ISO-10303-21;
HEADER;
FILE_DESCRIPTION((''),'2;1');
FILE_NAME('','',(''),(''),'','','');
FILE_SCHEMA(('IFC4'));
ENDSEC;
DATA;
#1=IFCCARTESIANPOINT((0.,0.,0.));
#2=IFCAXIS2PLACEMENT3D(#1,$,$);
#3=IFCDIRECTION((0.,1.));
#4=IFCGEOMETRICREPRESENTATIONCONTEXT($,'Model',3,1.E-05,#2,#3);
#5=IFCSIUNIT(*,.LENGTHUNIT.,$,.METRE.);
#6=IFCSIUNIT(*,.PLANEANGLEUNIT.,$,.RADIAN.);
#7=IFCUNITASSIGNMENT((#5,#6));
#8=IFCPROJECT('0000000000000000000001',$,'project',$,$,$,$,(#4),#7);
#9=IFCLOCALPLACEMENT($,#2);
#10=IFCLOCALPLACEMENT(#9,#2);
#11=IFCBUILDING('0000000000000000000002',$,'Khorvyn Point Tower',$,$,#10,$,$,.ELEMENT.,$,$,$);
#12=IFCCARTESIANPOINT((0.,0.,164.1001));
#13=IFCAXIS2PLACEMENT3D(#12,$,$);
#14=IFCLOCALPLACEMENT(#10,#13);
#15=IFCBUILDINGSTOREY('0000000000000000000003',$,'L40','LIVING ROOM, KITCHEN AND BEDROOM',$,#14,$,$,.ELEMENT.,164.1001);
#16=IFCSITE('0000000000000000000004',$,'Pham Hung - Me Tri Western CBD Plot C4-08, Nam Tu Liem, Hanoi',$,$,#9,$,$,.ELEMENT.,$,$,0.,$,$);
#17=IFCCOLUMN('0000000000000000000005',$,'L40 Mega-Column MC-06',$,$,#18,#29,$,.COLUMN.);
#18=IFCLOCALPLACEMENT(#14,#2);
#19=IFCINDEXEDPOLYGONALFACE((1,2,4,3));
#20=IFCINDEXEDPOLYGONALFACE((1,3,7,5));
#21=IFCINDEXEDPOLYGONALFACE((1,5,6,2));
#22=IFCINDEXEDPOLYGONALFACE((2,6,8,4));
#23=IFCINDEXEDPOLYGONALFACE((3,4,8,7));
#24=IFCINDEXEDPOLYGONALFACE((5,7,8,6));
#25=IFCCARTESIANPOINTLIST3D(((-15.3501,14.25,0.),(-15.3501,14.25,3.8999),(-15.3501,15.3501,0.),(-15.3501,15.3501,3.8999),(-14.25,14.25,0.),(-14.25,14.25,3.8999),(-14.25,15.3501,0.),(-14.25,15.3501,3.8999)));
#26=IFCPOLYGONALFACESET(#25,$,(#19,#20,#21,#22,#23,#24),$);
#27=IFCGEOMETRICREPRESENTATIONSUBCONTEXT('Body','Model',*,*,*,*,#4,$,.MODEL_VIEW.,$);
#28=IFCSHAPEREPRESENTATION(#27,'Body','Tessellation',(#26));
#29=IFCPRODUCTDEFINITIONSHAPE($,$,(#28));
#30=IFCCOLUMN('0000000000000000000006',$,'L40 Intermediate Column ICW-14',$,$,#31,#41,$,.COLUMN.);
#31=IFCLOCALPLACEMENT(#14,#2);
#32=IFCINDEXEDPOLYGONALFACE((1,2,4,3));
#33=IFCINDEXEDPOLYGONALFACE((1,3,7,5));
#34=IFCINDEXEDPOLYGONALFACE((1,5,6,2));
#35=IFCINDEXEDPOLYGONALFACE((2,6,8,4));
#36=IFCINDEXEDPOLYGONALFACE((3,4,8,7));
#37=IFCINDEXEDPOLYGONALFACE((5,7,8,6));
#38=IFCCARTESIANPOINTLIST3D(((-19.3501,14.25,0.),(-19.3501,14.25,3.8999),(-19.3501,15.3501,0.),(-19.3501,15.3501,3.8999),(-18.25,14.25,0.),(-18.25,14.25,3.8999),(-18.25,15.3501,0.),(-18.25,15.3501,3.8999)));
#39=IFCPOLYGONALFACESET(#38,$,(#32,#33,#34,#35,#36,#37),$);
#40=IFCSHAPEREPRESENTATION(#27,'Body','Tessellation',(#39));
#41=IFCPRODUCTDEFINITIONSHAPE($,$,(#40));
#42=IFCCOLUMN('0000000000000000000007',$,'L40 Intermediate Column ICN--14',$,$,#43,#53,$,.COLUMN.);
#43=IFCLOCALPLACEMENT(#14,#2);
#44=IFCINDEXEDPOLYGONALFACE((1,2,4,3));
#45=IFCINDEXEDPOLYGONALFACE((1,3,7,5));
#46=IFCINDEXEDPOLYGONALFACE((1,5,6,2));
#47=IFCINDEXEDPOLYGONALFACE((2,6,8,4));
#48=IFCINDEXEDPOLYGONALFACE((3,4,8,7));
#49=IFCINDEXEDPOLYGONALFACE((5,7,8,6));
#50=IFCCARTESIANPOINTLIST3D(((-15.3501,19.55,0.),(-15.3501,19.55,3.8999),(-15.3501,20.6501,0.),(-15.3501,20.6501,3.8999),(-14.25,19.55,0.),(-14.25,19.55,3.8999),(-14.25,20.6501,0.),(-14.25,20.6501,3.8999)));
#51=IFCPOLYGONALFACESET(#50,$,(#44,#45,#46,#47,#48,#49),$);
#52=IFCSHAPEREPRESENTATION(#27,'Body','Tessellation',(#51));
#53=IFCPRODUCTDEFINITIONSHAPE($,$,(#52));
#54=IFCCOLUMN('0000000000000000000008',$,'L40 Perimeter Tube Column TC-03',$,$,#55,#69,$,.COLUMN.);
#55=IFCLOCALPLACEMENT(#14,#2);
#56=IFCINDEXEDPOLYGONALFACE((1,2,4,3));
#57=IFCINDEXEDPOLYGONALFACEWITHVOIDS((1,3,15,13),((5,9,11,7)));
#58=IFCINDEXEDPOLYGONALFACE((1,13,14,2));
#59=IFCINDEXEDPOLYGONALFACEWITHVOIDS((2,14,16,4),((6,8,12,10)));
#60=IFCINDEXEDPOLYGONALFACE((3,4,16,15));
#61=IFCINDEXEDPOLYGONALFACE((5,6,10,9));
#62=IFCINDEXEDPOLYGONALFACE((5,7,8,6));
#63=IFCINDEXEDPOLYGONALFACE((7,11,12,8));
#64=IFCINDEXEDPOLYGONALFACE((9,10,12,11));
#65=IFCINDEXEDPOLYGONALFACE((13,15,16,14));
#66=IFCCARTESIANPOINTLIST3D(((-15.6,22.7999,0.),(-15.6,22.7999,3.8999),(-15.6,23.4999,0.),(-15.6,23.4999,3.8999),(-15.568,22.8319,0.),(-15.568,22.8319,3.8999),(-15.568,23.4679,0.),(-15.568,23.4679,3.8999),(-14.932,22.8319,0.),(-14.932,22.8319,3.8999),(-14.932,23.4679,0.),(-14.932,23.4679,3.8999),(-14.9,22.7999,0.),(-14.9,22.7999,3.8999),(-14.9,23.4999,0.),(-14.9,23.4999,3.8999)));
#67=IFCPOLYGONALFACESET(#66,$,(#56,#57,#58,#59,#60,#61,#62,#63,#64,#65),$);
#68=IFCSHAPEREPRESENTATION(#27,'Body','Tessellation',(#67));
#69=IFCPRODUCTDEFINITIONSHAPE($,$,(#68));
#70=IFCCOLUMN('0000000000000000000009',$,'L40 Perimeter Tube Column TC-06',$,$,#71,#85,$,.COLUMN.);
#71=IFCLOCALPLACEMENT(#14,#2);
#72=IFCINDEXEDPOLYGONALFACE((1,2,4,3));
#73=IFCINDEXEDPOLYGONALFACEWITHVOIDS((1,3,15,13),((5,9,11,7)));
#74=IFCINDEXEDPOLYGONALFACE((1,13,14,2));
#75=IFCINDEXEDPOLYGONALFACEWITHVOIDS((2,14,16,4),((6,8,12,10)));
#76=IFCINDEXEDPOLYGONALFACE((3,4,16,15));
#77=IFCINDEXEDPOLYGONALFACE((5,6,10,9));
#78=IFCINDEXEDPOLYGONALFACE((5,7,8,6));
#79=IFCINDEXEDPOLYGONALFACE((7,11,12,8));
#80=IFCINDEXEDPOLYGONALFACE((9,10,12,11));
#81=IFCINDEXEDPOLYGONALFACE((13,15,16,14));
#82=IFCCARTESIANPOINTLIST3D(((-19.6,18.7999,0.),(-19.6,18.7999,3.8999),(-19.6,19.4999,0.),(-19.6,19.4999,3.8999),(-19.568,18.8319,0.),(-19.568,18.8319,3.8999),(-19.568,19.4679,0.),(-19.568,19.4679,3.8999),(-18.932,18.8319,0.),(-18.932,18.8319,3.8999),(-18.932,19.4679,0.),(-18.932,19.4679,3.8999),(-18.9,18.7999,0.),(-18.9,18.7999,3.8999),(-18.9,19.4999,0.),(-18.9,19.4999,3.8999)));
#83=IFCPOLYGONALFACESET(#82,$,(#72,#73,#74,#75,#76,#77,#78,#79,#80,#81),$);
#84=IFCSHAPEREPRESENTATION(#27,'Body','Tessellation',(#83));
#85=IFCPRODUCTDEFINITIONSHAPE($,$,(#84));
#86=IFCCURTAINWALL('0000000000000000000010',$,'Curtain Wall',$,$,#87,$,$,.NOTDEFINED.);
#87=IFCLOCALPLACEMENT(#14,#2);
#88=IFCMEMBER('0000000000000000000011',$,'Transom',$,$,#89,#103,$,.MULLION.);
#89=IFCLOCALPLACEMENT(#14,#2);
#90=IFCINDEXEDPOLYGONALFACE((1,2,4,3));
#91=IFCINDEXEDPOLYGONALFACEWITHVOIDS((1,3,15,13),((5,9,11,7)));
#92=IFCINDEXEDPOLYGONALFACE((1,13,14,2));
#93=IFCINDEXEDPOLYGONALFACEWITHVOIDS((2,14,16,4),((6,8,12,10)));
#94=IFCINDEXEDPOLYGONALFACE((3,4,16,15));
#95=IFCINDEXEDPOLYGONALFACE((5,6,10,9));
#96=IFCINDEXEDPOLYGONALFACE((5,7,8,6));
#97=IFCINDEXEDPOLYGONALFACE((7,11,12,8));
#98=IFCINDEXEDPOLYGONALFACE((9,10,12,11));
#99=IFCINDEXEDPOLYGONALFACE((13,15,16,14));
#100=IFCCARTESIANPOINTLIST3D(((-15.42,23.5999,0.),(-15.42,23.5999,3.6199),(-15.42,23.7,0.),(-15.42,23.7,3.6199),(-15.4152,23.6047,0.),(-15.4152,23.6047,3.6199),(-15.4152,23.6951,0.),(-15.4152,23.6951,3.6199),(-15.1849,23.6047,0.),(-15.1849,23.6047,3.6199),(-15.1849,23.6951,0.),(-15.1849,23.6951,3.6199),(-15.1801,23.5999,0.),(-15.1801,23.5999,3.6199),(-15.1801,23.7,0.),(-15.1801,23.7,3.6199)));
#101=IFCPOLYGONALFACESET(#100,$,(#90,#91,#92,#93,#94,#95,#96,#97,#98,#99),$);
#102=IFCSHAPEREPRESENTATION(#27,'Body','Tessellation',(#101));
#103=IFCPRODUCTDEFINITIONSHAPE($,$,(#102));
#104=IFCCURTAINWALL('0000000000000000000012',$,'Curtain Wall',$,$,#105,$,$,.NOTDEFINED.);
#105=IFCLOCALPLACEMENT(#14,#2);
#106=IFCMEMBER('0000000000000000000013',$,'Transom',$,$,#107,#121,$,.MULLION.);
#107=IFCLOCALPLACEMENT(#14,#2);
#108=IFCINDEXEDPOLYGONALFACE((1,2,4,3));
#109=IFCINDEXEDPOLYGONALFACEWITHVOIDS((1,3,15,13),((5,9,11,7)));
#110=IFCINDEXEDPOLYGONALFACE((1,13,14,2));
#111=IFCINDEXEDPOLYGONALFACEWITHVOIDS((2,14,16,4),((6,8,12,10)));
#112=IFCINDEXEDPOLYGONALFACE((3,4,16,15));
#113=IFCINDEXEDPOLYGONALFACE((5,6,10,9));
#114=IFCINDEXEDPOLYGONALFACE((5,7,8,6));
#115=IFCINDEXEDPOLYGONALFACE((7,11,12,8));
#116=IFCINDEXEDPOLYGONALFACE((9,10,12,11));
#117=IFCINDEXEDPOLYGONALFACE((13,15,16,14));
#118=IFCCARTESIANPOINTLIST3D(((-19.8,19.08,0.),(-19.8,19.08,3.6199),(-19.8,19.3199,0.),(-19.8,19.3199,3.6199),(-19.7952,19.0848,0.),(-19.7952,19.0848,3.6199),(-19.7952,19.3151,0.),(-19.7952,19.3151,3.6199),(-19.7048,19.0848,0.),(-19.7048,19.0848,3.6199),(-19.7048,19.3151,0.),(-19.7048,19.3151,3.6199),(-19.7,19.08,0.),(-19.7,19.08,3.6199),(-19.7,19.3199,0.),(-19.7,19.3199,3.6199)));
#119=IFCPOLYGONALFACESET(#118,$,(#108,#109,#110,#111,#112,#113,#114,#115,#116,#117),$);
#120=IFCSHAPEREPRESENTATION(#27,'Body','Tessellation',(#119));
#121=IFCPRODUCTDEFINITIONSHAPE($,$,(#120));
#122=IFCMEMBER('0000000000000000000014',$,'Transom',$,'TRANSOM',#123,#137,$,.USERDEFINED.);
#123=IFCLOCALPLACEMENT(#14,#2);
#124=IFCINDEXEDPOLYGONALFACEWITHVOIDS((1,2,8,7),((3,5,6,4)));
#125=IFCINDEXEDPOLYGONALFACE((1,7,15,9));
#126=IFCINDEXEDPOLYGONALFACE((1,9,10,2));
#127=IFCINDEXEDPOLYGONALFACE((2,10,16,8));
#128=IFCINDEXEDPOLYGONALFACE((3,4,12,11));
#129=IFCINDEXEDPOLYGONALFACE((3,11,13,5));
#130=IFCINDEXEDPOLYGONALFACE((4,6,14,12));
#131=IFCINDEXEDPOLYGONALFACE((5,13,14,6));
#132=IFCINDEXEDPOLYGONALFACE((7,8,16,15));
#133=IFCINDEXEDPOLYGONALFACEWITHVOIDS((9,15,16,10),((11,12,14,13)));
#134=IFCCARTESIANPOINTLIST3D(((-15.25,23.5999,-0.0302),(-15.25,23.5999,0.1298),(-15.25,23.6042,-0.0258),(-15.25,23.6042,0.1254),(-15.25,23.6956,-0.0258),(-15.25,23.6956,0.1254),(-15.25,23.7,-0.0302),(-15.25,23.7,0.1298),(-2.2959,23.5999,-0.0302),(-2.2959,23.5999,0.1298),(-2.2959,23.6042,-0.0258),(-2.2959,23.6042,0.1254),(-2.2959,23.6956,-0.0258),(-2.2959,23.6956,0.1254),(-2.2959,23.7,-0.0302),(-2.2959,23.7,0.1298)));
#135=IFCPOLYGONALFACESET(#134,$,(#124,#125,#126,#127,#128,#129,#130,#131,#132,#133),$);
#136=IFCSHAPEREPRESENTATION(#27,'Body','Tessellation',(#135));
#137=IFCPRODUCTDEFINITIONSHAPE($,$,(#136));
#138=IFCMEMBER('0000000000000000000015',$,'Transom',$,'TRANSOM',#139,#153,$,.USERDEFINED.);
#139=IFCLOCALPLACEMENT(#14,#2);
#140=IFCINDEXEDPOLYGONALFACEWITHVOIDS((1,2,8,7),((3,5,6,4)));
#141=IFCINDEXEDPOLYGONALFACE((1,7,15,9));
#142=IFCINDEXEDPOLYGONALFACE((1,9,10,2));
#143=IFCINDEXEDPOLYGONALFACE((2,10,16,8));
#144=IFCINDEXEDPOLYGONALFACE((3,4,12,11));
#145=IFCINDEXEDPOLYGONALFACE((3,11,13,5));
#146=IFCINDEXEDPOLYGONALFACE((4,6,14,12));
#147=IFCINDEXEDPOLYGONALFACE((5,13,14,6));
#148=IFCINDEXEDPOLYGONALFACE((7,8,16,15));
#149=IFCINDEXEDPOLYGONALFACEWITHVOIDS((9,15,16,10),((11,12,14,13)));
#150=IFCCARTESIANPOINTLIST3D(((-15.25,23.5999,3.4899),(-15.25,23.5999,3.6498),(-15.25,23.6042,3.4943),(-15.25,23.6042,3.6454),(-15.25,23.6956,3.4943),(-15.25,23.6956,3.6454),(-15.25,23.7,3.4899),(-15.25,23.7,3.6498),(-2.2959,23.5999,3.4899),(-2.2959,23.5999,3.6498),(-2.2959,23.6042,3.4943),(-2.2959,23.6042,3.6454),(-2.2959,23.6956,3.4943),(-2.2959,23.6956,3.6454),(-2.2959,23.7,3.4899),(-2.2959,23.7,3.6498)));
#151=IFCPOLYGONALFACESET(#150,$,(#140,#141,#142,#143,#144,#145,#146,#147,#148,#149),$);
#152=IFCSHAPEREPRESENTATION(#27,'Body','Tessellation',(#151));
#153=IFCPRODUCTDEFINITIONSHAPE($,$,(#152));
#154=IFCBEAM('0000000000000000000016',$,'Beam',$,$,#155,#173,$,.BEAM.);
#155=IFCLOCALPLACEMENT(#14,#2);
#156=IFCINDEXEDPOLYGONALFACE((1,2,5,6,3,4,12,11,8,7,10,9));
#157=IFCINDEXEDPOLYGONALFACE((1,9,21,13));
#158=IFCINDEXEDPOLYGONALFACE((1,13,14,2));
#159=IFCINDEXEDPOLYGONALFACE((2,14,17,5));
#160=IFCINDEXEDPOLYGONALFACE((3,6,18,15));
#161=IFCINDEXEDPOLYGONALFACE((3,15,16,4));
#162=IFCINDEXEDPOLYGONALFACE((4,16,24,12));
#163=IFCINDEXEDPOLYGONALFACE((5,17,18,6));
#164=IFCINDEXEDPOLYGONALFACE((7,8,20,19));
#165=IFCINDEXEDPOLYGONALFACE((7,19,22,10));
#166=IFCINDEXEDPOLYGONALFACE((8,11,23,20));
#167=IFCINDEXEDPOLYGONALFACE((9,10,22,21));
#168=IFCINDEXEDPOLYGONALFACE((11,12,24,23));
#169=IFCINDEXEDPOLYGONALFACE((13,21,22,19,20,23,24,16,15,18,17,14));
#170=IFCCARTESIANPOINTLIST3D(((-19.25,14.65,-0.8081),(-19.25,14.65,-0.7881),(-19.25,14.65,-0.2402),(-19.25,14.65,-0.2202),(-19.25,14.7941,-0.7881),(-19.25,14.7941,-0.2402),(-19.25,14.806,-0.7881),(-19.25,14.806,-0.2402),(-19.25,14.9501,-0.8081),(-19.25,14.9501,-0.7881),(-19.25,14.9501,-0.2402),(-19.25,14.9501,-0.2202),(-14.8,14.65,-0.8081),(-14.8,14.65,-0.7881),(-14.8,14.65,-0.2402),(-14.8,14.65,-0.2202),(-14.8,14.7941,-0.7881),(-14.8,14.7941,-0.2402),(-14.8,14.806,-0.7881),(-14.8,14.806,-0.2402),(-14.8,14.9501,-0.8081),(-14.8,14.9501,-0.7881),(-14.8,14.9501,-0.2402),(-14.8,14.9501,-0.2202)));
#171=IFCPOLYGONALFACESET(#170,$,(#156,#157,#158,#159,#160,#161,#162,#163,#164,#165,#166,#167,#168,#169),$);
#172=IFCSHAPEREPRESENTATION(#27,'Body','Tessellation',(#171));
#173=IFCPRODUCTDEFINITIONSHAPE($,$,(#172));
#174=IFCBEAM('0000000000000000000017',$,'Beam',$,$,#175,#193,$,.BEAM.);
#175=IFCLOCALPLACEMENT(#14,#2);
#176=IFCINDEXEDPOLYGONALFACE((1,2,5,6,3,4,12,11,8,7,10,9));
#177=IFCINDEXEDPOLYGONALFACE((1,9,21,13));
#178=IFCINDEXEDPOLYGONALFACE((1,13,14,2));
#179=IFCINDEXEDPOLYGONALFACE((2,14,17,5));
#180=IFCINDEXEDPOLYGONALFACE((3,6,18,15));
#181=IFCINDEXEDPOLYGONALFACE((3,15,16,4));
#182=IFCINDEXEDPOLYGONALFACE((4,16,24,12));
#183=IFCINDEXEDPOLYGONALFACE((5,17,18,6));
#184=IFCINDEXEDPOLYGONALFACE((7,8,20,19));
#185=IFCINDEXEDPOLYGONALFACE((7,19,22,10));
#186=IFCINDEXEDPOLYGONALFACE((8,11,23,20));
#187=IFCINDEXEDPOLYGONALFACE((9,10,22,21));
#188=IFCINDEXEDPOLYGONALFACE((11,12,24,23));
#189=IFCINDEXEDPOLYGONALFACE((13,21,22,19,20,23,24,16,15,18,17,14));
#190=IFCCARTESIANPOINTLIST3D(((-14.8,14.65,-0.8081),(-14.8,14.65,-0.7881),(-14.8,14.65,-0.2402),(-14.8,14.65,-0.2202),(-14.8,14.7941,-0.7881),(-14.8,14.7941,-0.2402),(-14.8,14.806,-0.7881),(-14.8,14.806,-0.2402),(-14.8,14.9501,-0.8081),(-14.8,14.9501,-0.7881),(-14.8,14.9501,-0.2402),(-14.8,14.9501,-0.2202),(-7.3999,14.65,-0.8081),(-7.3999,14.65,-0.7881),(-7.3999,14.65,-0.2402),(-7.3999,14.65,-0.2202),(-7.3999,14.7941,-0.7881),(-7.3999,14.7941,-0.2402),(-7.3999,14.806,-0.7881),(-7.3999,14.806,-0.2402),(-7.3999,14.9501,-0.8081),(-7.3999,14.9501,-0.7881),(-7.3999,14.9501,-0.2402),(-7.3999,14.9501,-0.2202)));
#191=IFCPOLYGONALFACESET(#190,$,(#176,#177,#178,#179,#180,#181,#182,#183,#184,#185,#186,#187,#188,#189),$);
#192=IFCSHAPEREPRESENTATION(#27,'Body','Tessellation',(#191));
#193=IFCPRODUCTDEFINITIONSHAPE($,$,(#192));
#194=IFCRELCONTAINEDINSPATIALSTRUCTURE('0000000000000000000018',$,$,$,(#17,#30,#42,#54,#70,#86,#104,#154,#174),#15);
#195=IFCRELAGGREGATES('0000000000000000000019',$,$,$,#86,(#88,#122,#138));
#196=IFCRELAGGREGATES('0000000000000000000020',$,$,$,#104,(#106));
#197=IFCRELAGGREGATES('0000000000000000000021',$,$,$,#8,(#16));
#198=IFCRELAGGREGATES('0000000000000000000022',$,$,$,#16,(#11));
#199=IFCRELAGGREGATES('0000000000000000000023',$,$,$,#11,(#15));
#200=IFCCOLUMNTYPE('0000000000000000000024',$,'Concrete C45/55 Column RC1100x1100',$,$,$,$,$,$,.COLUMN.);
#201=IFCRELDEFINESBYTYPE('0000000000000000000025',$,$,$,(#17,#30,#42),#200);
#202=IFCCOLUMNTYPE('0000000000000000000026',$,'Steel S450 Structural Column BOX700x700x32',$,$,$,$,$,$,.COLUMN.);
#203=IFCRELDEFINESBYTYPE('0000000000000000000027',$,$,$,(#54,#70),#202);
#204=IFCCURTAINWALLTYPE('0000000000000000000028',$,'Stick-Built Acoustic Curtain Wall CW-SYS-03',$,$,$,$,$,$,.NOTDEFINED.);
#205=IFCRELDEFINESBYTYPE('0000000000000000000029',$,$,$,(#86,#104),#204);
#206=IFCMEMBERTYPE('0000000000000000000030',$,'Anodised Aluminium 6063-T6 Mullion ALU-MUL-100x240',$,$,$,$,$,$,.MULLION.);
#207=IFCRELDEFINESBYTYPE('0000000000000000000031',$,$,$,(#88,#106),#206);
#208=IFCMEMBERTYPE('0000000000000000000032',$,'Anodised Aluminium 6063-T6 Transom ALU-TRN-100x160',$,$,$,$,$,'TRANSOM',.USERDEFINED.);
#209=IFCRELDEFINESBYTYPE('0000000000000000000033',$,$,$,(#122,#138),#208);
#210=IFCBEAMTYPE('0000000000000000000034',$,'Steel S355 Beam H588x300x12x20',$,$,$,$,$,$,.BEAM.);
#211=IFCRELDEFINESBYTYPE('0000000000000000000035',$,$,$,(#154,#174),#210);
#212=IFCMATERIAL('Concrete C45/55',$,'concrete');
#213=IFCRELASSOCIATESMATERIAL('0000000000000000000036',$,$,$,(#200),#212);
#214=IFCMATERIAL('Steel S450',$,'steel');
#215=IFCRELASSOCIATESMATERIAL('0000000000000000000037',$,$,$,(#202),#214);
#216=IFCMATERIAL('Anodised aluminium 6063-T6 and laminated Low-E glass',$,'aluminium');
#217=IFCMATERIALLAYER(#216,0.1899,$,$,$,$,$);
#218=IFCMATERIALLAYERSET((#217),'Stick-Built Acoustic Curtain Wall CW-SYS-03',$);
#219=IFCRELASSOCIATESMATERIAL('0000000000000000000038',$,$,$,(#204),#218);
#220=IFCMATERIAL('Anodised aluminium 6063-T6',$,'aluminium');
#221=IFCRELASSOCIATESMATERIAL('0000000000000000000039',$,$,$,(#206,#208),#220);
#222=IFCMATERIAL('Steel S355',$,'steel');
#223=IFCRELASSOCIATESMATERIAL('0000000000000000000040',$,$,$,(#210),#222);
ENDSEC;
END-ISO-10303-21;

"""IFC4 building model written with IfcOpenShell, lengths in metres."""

from ifc_helpers import new_model, si_unit, direction, frame, origin, origin_2d, place, context, subcontext, project, spatial, rectangle, hollow_rectangle, i_section, extrude, material, layer, layer_set, material_profile, profile_set, type_object, element, aggregate, save


model = new_model("IFC4")

# Units and contexts
model_context = context("Model", 3, precision=1e-05, world=origin(), true_north=direction((0.0, 1.0)))
body_context = subcontext(model_context, "Body", "Model", "MODEL_VIEW")
ifc_project = project(units=[si_unit("LENGTHUNIT", "METRE"), si_unit("PLANEANGLEUNIT", "RADIAN")], contexts=[model_context])

# Site, building, storey
site_placement = place(None, origin())
site = spatial("IfcSite", under=ifc_project, at=site_placement, Name="Pham Hung - Me Tri Western CBD Plot C4-08, Nam Tu Liem, Hanoi", CompositionType="ELEMENT", RefElevation=0.0)
building_placement = place(site_placement, origin())
building = spatial("IfcBuilding", under=site, at=building_placement, Name="Khorvyn Point Tower", CompositionType="ELEMENT")
storey_placement = place(building_placement, frame((0.0, 0.0, 164.1001)))
storey = spatial("IfcBuildingStorey", under=building, at=storey_placement, Name="L40", Description="LIVING ROOM, KITCHEN AND BEDROOM", CompositionType="ELEMENT", Elevation=164.1001)

# Columns
ifc_material_1 = material(Name="Concrete C45/55", Category="concrete")
ifc_material_profile_1 = material_profile(ifc_material_1, rectangle(XDim=1.1001, YDim=1.1001, at=origin_2d()))
ifc_profile_set_1 = profile_set([ifc_material_profile_1], Name="Concrete C45/55 RC1100x1100")
column_type_1 = type_object("IfcColumnType", Name="Concrete C45/55 Column RC1100x1100", PredefinedType="COLUMN", material=ifc_profile_set_1)
for number, where, z_axis, x_axis, name in (
    (1, (-14.8, 14.8, 0.0), (0.0, 0.0, 1.0), (1.0, 0.0, 0.0), "L40 Mega-Column MC-06"),
    (2, (-18.8, 14.8, 0.0), (0.0, 0.0, 1.0), (1.0, 0.0, 0.0), "L40 Intermediate Column ICW-14"),
    (3, (-14.8, 20.1001, 0.0), (0.0, 0.0, 1.0), (1.0, 0.0, 0.0), "L40 Intermediate Column ICN--14"),
):
    element("IfcColumn", number, at=place(storey_placement, frame(where, z_axis=z_axis, x_axis=x_axis)), inside=storey, type_object=column_type_1, Name=name, PredefinedType="COLUMN", context=body_context, shape_type="SweptSolid", body=[
        extrude(rectangle(XDim=1.1001, YDim=1.1001, at=origin_2d()), origin(), (0.0, 0.0, 1.0), 3.8999),
    ])
ifc_material_2 = material(Name="Steel S450", Category="steel")
ifc_material_profile_2 = material_profile(ifc_material_2, hollow_rectangle(XDim=0.7, YDim=0.7, WallThickness=0.032, at=origin_2d()))
ifc_profile_set_2 = profile_set([ifc_material_profile_2], Name="Steel S450 BOX700x700x32")
column_type_2 = type_object("IfcColumnType", Name="Steel S450 Structural Column BOX700x700x32", PredefinedType="COLUMN", material=ifc_profile_set_2)
for number, where, z_axis, x_axis, name in (
    (4, (-15.25, 23.1499, 0.0), (0.0, 0.0, 1.0), (1.0, 0.0, 0.0), "L40 Perimeter Tube Column TC-03"),
    (5, (-19.25, 19.1499, 0.0), (0.0, 0.0, 1.0), (1.0, 0.0, 0.0), "L40 Perimeter Tube Column TC-06"),
):
    element("IfcColumn", number, at=place(storey_placement, frame(where, z_axis=z_axis, x_axis=x_axis)), inside=storey, type_object=column_type_2, Name=name, PredefinedType="COLUMN", context=body_context, shape_type="SweptSolid", body=[
        extrude(hollow_rectangle(XDim=0.7, YDim=0.7, WallThickness=0.032, at=origin_2d()), origin(), (0.0, 0.0, 1.0), 3.8999),
    ])

# Curtain walls, members
ifc_material_3 = material(Name="Anodised aluminium 6063-T6 and laminated Low-E glass", Category="aluminium")
ifc_layer_1 = layer(ifc_material_3, 0.1899)
ifc_layer_set_1 = layer_set([ifc_layer_1], Name="Stick-Built Acoustic Curtain Wall CW-SYS-03")
curtain_wall_type = type_object("IfcCurtainWallType", Name="Stick-Built Acoustic Curtain Wall CW-SYS-03", PredefinedType="NOTDEFINED", material=ifc_layer_set_1)
curtain_wall_1_placement = place(storey_placement, origin())
curtain_wall_1 = element("IfcCurtainWall", 6, at=curtain_wall_1_placement, inside=storey, type_object=curtain_wall_type, Name="Curtain Wall", PredefinedType="NOTDEFINED")
ifc_material_4 = material(Name="Anodised aluminium 6063-T6", Category="aluminium")
ifc_material_profile_3 = material_profile(ifc_material_4, hollow_rectangle(XDim=0.1001, YDim=0.24, WallThickness=0.0049, at=origin_2d()))
ifc_profile_set_3 = profile_set([ifc_material_profile_3], Name="Anodised aluminium 6063-T6 ALU-MUL-100x240")
member_type_1 = type_object("IfcMemberType", Name="Anodised Aluminium 6063-T6 Mullion ALU-MUL-100x240", PredefinedType="MULLION", material=ifc_profile_set_3)
member_1_placement = place(storey_placement, frame((-15.3, 23.6499, 0.0), z_axis=(0.0, 0.0, 1.0), x_axis=(0.0, 1.0, 0.0)))
member_1 = element("IfcMember", 7, at=member_1_placement, type_object=member_type_1, Name="Transom", PredefinedType="MULLION", context=body_context, shape_type="SweptSolid", body=[
    extrude(hollow_rectangle(XDim=0.1001, YDim=0.24, WallThickness=0.0049, at=origin_2d()), origin(), (0.0, 0.0, 1.0), 3.6199),
])
curtain_wall_2_placement = place(storey_placement, origin())
curtain_wall_2 = element("IfcCurtainWall", 8, at=curtain_wall_2_placement, inside=storey, type_object=curtain_wall_type, Name="Curtain Wall", PredefinedType="NOTDEFINED")
member_2_placement = place(storey_placement, frame((-19.75, 19.2, 0.0), z_axis=(0.0, 0.0, 1.0), x_axis=(-1.0, 0.0, 0.0)))
member_2 = element("IfcMember", 9, at=member_2_placement, type_object=member_type_1, Name="Transom", PredefinedType="MULLION", context=body_context, shape_type="SweptSolid", body=[
    extrude(hollow_rectangle(XDim=0.1001, YDim=0.24, WallThickness=0.0049, at=origin_2d()), origin(), (0.0, 0.0, 1.0), 3.6199),
])

# Members
ifc_material_profile_4 = material_profile(ifc_material_4, hollow_rectangle(XDim=0.1001, YDim=0.1599, WallThickness=0.0044, at=origin_2d()))
ifc_profile_set_4 = profile_set([ifc_material_profile_4], Name="Anodised aluminium 6063-T6 ALU-TRN-100x160")
member_type_2 = type_object("IfcMemberType", Name="Anodised Aluminium 6063-T6 Transom ALU-TRN-100x160", ElementType="TRANSOM", PredefinedType="USERDEFINED", material=ifc_profile_set_4)
member_3_placement = place(storey_placement, frame((-15.25, 23.6499, 0.0498), z_axis=(1.0, 0.0, 0.0), x_axis=(0.0, 1.0, 0.0)))
member_3 = element("IfcMember", 10, at=member_3_placement, type_object=member_type_2, Name="Transom", ObjectType="TRANSOM", PredefinedType="USERDEFINED", context=body_context, shape_type="SweptSolid", body=[
    extrude(hollow_rectangle(XDim=0.1001, YDim=0.1599, WallThickness=0.0044, at=origin_2d()), origin(), (0.0, 0.0, 1.0), 12.9541),
])
member_4_placement = place(storey_placement, frame((-15.25, 23.6499, 3.5698), z_axis=(1.0, 0.0, 0.0), x_axis=(0.0, 1.0, 0.0)))
member_4 = element("IfcMember", 11, at=member_4_placement, type_object=member_type_2, Name="Transom", ObjectType="TRANSOM", PredefinedType="USERDEFINED", context=body_context, shape_type="SweptSolid", body=[
    extrude(hollow_rectangle(XDim=0.1001, YDim=0.1599, WallThickness=0.0044, at=origin_2d()), origin(), (0.0, 0.0, 1.0), 12.9541),
])
aggregate(curtain_wall_1, [member_1, member_3, member_4])

# Beams
ifc_material_5 = material(Name="Steel S355", Category="steel")
ifc_material_profile_5 = material_profile(ifc_material_5, i_section(OverallWidth=0.3, OverallDepth=0.5879, WebThickness=0.012, FlangeThickness=0.02, at=origin_2d()))
ifc_profile_set_5 = profile_set([ifc_material_profile_5], Name="Steel S355 H588x300x12x20")
beam_type_1 = type_object("IfcBeamType", Name="Steel S355 Beam H588x300x12x20", PredefinedType="BEAM", material=ifc_profile_set_5)
beam_1_placement = place(storey_placement, frame((-19.25, 14.8, -0.5142), z_axis=(1.0, 0.0, 0.0), x_axis=(0.0, 1.0, 0.0)))
element("IfcBeam", 12, at=beam_1_placement, inside=storey, type_object=beam_type_1, Name="Beam", PredefinedType="BEAM", context=body_context, shape_type="SweptSolid", body=[
    extrude(i_section(OverallWidth=0.3, OverallDepth=0.5879, WebThickness=0.012, FlangeThickness=0.02, at=origin_2d()), origin(), (0.0, 0.0, 1.0), 4.45),
])
for number, where, z_axis, x_axis, name in (
    (13, (-14.8, 14.8, -0.5142), (1.0, 0.0, 0.0), (0.0, 1.0, 0.0), "Beam"),
):
    element("IfcBeam", number, at=place(storey_placement, frame(where, z_axis=z_axis, x_axis=x_axis)), inside=storey, type_object=beam_type_1, Name=name, PredefinedType="BEAM", context=body_context, shape_type="SweptSolid", body=[
        extrude(i_section(OverallWidth=0.3, OverallDepth=0.5879, WebThickness=0.012, FlangeThickness=0.02, at=origin_2d()), origin(), (0.0, 0.0, 1.0), 7.4001),
    ])

aggregate(curtain_wall_2, [member_2])

save(model, "model.ifc")
